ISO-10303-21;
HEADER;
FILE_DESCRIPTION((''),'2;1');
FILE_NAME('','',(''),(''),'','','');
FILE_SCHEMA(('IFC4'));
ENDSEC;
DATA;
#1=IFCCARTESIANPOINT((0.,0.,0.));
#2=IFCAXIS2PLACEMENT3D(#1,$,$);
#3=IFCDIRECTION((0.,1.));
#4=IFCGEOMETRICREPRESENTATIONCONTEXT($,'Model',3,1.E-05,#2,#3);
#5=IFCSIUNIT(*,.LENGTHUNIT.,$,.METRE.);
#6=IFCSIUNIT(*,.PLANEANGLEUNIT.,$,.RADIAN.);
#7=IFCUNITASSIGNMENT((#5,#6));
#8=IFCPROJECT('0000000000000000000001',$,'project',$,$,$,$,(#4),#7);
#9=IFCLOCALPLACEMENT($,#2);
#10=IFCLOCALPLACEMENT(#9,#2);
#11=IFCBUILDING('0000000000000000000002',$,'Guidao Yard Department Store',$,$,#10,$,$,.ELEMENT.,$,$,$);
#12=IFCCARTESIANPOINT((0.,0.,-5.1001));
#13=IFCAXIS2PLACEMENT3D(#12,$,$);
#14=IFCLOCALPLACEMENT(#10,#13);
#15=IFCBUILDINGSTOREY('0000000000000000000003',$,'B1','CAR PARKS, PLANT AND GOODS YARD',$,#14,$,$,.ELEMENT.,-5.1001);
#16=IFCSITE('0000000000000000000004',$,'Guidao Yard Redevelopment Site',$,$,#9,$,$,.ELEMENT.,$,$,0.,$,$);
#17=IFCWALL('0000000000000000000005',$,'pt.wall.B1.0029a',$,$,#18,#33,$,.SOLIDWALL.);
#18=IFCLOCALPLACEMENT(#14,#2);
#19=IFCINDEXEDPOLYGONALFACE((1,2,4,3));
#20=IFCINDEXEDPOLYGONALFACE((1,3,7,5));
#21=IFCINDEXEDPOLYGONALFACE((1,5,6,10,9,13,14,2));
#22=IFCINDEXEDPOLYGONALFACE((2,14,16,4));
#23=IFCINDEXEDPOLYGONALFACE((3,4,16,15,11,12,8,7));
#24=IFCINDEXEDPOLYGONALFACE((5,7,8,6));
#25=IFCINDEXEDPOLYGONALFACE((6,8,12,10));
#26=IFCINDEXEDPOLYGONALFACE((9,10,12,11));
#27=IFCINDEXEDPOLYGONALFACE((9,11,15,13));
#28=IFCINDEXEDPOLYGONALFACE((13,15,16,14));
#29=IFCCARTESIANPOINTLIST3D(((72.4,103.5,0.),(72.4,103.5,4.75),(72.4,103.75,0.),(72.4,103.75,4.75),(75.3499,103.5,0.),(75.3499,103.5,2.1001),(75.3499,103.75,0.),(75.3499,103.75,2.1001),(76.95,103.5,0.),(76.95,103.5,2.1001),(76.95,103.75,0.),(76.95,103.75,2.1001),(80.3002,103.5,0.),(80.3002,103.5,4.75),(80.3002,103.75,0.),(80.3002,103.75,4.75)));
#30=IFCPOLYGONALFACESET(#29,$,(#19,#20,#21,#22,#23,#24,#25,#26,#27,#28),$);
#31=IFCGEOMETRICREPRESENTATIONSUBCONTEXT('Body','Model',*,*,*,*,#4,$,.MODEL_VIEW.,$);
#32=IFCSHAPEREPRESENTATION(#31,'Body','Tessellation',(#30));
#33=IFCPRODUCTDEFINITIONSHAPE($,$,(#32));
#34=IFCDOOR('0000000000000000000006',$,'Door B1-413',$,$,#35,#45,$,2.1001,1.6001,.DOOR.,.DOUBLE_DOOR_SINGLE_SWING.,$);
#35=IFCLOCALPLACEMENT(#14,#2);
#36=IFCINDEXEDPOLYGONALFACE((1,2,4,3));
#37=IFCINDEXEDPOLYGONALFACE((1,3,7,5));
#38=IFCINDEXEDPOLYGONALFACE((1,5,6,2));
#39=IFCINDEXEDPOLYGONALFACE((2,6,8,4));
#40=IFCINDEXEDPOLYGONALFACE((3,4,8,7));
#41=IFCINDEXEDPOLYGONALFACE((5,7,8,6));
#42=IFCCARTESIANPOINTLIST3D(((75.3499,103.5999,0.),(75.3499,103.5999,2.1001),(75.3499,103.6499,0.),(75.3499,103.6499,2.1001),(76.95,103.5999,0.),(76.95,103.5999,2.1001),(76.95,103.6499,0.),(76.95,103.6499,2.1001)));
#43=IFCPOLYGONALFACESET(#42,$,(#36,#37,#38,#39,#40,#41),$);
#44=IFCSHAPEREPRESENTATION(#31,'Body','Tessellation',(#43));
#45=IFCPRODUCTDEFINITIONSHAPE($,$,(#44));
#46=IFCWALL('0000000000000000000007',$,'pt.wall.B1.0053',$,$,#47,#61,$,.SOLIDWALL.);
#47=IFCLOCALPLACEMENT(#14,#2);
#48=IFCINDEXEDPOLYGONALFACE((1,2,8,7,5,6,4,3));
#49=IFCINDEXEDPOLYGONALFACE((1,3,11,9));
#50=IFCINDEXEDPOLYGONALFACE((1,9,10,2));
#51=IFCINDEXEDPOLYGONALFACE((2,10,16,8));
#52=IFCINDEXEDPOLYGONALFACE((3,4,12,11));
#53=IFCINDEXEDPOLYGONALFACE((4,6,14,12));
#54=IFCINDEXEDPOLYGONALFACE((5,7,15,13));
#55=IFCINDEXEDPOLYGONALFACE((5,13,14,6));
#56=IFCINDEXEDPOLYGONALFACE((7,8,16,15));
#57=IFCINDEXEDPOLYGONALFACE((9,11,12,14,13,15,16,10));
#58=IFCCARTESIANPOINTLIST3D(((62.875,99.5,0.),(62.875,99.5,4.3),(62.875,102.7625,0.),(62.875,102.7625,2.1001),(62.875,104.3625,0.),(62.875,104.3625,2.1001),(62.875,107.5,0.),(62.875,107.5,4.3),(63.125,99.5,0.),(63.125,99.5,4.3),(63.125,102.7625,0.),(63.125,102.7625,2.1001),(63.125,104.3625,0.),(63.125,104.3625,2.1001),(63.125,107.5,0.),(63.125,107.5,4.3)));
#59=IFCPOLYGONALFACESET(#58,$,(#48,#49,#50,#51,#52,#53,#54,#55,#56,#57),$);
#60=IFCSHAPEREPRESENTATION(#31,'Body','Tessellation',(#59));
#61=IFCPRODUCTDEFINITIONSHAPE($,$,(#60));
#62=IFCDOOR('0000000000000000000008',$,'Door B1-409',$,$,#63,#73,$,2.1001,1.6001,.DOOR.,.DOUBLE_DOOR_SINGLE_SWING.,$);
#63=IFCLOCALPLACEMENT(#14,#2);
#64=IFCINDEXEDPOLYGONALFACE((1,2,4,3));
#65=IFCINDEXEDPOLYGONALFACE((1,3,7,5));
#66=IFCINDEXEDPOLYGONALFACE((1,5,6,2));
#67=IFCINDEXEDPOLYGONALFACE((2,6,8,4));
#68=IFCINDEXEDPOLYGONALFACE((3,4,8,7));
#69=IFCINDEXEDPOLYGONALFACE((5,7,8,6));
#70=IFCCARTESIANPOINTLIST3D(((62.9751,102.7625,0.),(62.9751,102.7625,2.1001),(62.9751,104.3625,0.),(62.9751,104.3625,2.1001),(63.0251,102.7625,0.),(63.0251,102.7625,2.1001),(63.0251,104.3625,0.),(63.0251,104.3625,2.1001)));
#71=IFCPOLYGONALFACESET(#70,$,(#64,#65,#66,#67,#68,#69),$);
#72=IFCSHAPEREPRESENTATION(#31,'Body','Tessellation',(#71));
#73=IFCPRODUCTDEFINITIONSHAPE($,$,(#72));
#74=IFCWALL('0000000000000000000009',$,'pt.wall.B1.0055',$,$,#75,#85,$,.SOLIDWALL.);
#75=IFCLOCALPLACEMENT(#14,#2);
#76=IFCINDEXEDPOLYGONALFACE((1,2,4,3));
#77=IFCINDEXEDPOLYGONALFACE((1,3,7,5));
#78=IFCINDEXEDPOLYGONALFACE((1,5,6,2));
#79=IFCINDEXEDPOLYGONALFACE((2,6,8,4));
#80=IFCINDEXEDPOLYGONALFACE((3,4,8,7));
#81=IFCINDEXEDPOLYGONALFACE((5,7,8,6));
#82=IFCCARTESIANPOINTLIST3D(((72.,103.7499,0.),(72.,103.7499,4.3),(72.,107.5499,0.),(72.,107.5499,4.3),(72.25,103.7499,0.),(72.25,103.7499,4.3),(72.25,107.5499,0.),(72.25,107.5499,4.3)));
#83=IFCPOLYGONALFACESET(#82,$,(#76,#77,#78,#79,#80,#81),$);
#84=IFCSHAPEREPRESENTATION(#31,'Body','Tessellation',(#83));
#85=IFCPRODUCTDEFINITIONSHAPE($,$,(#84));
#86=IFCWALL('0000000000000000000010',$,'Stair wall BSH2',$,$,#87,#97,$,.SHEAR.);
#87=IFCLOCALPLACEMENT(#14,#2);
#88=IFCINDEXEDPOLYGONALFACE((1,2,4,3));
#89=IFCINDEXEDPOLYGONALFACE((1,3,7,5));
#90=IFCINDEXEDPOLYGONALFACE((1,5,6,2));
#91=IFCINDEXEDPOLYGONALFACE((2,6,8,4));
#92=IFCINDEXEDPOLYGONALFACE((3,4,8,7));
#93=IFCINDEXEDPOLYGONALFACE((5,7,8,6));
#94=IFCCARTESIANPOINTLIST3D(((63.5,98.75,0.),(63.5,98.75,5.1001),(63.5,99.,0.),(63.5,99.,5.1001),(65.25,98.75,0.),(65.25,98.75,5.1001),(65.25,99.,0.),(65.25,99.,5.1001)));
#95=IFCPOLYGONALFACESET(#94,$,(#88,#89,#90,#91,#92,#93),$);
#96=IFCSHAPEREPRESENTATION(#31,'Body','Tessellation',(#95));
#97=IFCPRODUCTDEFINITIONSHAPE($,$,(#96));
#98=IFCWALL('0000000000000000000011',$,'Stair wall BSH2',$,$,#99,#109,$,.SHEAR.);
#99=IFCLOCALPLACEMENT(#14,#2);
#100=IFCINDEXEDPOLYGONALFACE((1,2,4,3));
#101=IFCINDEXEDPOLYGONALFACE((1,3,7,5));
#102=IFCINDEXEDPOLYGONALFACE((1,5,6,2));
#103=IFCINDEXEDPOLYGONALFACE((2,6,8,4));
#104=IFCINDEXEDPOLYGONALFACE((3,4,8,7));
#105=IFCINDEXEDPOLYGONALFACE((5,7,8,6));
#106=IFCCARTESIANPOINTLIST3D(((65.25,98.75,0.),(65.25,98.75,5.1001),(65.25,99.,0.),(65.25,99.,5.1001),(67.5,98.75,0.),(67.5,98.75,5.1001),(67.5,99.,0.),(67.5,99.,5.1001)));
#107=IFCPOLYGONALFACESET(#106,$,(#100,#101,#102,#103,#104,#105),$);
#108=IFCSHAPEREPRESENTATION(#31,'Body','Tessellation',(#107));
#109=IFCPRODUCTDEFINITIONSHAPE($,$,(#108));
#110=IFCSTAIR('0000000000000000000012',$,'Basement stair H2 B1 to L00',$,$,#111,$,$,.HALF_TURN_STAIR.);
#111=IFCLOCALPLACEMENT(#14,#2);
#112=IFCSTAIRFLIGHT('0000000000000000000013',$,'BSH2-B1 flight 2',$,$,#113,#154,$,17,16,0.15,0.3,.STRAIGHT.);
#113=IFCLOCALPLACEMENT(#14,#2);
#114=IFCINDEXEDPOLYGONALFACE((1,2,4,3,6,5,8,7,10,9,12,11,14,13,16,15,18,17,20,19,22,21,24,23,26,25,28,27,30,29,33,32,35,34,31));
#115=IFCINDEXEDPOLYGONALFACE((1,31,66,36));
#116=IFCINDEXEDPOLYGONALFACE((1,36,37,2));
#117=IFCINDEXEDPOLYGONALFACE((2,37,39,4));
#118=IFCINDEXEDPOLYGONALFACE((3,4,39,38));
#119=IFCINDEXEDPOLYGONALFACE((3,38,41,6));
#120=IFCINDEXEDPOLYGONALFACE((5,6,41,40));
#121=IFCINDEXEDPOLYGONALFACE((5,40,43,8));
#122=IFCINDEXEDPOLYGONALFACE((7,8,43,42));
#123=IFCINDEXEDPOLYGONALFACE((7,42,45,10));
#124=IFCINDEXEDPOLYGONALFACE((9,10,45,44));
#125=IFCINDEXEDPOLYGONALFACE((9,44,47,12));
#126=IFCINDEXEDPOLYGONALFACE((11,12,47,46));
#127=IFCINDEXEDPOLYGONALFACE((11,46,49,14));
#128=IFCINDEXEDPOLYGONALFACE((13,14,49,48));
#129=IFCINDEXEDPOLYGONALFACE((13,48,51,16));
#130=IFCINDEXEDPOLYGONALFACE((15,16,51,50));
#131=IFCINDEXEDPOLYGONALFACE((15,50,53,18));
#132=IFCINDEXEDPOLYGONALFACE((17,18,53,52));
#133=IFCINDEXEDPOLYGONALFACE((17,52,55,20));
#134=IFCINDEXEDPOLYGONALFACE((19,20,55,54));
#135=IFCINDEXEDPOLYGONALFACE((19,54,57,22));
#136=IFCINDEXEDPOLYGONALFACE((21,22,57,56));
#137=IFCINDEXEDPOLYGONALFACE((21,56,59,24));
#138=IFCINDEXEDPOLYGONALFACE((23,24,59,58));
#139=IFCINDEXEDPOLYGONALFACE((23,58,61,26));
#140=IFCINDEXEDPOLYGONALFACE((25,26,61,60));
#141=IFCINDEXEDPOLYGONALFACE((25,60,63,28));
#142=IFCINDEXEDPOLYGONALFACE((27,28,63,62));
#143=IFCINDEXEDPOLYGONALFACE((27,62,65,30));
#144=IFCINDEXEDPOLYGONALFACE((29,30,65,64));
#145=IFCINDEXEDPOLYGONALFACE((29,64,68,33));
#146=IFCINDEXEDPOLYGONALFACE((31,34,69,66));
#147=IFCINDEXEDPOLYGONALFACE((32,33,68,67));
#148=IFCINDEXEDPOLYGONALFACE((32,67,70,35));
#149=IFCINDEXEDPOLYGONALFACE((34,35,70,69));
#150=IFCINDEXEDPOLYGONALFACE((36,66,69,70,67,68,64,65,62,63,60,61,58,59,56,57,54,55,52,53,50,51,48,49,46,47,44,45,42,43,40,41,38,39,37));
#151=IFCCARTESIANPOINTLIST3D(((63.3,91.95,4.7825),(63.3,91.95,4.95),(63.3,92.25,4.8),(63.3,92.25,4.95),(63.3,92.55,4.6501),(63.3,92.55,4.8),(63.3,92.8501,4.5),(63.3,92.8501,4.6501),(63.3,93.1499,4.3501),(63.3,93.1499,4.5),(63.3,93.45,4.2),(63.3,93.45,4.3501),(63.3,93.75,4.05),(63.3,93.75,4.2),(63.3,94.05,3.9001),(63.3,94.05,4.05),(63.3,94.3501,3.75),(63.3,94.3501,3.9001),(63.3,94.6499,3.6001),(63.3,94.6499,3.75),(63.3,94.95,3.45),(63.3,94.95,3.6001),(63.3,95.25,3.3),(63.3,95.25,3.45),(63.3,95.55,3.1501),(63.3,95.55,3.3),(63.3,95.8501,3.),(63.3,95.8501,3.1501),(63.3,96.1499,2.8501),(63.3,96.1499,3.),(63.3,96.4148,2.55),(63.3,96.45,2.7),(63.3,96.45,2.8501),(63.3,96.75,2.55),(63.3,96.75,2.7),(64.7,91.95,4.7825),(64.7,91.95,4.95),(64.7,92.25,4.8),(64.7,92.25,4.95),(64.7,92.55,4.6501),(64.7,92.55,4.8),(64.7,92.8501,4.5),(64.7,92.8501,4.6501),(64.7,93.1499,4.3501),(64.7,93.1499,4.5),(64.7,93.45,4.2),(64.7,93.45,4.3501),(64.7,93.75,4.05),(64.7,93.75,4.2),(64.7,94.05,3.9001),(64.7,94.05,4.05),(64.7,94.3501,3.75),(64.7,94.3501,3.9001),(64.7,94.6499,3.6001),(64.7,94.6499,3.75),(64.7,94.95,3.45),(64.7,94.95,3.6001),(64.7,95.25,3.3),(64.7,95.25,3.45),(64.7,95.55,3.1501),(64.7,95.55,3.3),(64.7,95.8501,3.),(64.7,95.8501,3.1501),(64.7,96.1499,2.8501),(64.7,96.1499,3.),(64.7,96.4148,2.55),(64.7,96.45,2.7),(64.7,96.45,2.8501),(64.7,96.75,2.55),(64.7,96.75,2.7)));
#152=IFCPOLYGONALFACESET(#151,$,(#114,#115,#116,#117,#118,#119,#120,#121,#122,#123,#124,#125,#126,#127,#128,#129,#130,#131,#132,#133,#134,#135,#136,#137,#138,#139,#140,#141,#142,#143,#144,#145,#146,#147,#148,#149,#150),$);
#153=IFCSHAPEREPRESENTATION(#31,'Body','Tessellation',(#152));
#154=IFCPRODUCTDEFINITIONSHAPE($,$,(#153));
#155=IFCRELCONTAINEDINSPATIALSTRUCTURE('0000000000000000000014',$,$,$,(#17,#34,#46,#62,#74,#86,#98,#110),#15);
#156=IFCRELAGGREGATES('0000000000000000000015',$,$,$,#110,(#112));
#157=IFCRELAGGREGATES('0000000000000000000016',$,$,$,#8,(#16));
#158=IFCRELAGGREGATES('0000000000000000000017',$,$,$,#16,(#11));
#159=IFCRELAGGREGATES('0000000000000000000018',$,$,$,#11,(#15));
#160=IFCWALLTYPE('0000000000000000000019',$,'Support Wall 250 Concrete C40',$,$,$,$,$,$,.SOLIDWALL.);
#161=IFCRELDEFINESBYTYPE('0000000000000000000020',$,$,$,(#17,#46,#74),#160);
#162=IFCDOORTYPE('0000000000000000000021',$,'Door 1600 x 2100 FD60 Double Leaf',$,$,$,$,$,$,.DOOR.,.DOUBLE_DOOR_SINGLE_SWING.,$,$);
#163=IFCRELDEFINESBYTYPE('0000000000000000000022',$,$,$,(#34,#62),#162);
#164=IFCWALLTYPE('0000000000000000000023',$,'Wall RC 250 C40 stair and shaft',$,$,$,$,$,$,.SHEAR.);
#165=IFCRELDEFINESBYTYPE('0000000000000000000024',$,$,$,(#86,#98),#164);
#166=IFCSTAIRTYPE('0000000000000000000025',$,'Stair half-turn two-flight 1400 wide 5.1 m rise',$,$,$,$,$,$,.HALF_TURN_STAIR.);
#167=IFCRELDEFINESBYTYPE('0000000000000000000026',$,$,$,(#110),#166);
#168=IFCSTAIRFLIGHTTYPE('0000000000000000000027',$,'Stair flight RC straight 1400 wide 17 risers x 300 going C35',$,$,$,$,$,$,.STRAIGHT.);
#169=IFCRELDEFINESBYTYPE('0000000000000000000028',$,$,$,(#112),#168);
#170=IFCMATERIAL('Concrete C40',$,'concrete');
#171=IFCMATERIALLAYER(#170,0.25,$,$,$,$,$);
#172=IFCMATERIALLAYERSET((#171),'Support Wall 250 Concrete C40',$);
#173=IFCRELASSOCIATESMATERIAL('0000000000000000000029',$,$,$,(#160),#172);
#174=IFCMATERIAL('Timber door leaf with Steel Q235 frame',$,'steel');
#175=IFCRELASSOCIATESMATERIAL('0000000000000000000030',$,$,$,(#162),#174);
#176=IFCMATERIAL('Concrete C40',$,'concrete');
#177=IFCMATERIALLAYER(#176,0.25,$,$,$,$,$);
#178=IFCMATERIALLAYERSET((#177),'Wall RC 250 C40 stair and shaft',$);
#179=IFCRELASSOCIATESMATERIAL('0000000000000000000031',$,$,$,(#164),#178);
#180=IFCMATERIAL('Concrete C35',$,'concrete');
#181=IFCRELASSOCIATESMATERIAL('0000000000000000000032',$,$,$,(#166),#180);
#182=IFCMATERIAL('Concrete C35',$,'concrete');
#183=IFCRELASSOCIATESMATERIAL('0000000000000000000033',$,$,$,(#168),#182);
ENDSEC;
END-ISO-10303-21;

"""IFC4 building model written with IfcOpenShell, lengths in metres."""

from ifc_helpers import new_model, si_unit, direction, frame, frame_2d, origin, place, context, subcontext, project, spatial, polyline, rectangle, outline, extrude, material, layer, layer_set, type_object, element, fill, aggregate, save


model = new_model("IFC4")

# Units and contexts
model_context = context("Model", 3, precision=1e-05, world=origin(), true_north=direction((0.0, 1.0)))
body_context = subcontext(model_context, "Body", "Model", "MODEL_VIEW")
ifc_project = project(units=[si_unit("LENGTHUNIT", "METRE"), si_unit("PLANEANGLEUNIT", "RADIAN")], contexts=[model_context])

# Site, building, storey
site_placement = place(None, origin())
site = spatial("IfcSite", under=ifc_project, at=site_placement, Name="Guidao Yard Redevelopment Site", CompositionType="ELEMENT", RefElevation=0.0)
building_placement = place(site_placement, origin())
building = spatial("IfcBuilding", under=site, at=building_placement, Name="Guidao Yard Department Store", CompositionType="ELEMENT")
storey_placement = place(building_placement, frame((0.0, 0.0, -5.1001)))
storey = spatial("IfcBuildingStorey", under=building, at=storey_placement, Name="B1", Description="CAR PARKS, PLANT AND GOODS YARD", CompositionType="ELEMENT", Elevation=-5.1001)

# Shared definitions
ifc_material_1 = material(Name="Concrete C40", Category="concrete")
ifc_layer_1 = layer(ifc_material_1, 0.25)
ifc_layer_set_1 = layer_set([ifc_layer_1], Name="Support Wall 250 Concrete C40")
wall_type_1 = type_object("IfcWallType", Name="Support Wall 250 Concrete C40", PredefinedType="SOLIDWALL", material=ifc_layer_set_1)

# Walls, openings, doors
wall_1_placement = place(storey_placement, frame((72.3999, 103.625, 0.0), z_axis=(0.0, 0.0, 1.0), x_axis=(1.0, 0.0, 0.0)))
wall_1 = element("IfcWall", 1, at=wall_1_placement, inside=storey, type_object=wall_type_1, Name="pt.wall.B1.0029a", PredefinedType="SOLIDWALL", context=body_context, shape_type="SweptSolid", body=[
    extrude(rectangle(XDim=7.9001, YDim=0.25, at=frame_2d((3.9502, 0.0))), origin(), (0.0, 0.0, 1.0), 4.75),
])
opening_1_placement = place(wall_1_placement, frame((2.95, 0.0, 0.0)))
opening_1 = element("IfcOpeningElement", 2, at=opening_1_placement, cuts=wall_1, PredefinedType="OPENING", context=body_context, shape_type="SweptSolid", body=[
    extrude(rectangle(XDim=1.6001, YDim=2.1001, at=frame_2d((0.8, 1.05))), frame((0.0, 0.135, 0.0), z_axis=(0.0, -1.0, 0.0), x_axis=(1.0, 0.0, 0.0)), (0.0, 0.0, 1.0), 0.27),
])
ifc_material_2 = material(Name="Timber door leaf with Steel Q235 frame", Category="steel")
door_type = type_object("IfcDoorType", Name="Door 1600 x 2100 FD60 Double Leaf", OperationType="DOUBLE_DOOR_SINGLE_SWING", PredefinedType="DOOR", material=ifc_material_2)
door_1_placement = place(opening_1_placement, origin())
door_1 = element("IfcDoor", 3, at=door_1_placement, inside=storey, type_object=door_type, Name="Door B1-413", OperationType="DOUBLE_DOOR_SINGLE_SWING", OverallHeight=2.1001, OverallWidth=1.6001, PredefinedType="DOOR", context=body_context, shape_type="SweptSolid", body=[
    extrude(rectangle(XDim=1.6001, YDim=2.1001, at=frame_2d((0.8, 1.05))), frame((0.0, 0.0249, 0.0), z_axis=(0.0, -1.0, 0.0), x_axis=(1.0, 0.0, 0.0)), (0.0, 0.0, 1.0), 0.05),
])
fill(opening_1, door_1)
wall_2_placement = place(storey_placement, frame((63.0, 99.5, 0.0), z_axis=(0.0, 0.0, 1.0), x_axis=(0.0, 1.0, 0.0)))
wall_2 = element("IfcWall", 4, at=wall_2_placement, inside=storey, type_object=wall_type_1, Name="pt.wall.B1.0053", PredefinedType="SOLIDWALL", context=body_context, shape_type="SweptSolid", body=[
    extrude(rectangle(XDim=8.0, YDim=0.25, at=frame_2d((4.0, 0.0))), origin(), (0.0, 0.0, 1.0), 4.3),
])
opening_2_placement = place(wall_2_placement, frame((3.2625, 0.0, 0.0)))
opening_2 = element("IfcOpeningElement", 5, at=opening_2_placement, cuts=wall_2, PredefinedType="OPENING", context=body_context, shape_type="SweptSolid", body=[
    extrude(rectangle(XDim=1.6001, YDim=2.1001, at=frame_2d((0.8, 1.05))), frame((0.0, 0.135, 0.0), z_axis=(0.0, -1.0, 0.0), x_axis=(1.0, 0.0, 0.0)), (0.0, 0.0, 1.0), 0.27),
])
door_2_placement = place(opening_2_placement, origin())
door_2 = element("IfcDoor", 6, at=door_2_placement, inside=storey, type_object=door_type, Name="Door B1-409", OperationType="DOUBLE_DOOR_SINGLE_SWING", OverallHeight=2.1001, OverallWidth=1.6001, PredefinedType="DOOR", context=body_context, shape_type="SweptSolid", body=[
    extrude(rectangle(XDim=1.6001, YDim=2.1001, at=frame_2d((0.8, 1.05))), frame((0.0, 0.0249, 0.0), z_axis=(0.0, -1.0, 0.0), x_axis=(1.0, 0.0, 0.0)), (0.0, 0.0, 1.0), 0.05),
])
fill(opening_2, door_2)

# Walls
wall_3_placement = place(storey_placement, frame((72.125, 103.75, 0.0), z_axis=(0.0, 0.0, 1.0), x_axis=(0.0, 1.0, 0.0)))
element("IfcWall", 7, at=wall_3_placement, inside=storey, type_object=wall_type_1, Name="pt.wall.B1.0055", PredefinedType="SOLIDWALL", context=body_context, shape_type="SweptSolid", body=[
    extrude(rectangle(XDim=3.8, YDim=0.25, at=frame_2d((1.8999, 0.0))), origin(), (0.0, 0.0, 1.0), 4.3),
])
ifc_material_3 = material(Name="Concrete C40", Category="concrete")
ifc_layer_2 = layer(ifc_material_3, 0.25)
ifc_layer_set_2 = layer_set([ifc_layer_2], Name="Wall RC 250 C40 stair and shaft")
wall_type_2 = type_object("IfcWallType", Name="Wall RC 250 C40 stair and shaft", PredefinedType="SHEAR", material=ifc_layer_set_2)
wall_4_placement = place(storey_placement, frame((63.5, 98.875, 0.0), z_axis=(0.0, 0.0, 1.0), x_axis=(1.0, 0.0, 0.0)))
element("IfcWall", 8, at=wall_4_placement, inside=storey, type_object=wall_type_2, Name="Stair wall BSH2", PredefinedType="SHEAR", context=body_context, shape_type="SweptSolid", body=[
    extrude(rectangle(XDim=1.75, YDim=0.25, at=frame_2d((0.875, 0.0))), origin(), (0.0, 0.0, 1.0), 5.1001),
])
wall_5_placement = place(storey_placement, frame((65.25, 98.875, 0.0), z_axis=(0.0, 0.0, 1.0), x_axis=(1.0, 0.0, 0.0)))
element("IfcWall", 9, at=wall_5_placement, inside=storey, type_object=wall_type_2, Name="Stair wall BSH2", PredefinedType="SHEAR", context=body_context, shape_type="SweptSolid", body=[
    extrude(rectangle(XDim=2.25, YDim=0.25, at=frame_2d((1.125, 0.0))), origin(), (0.0, 0.0, 1.0), 5.1001),
])

# Stair, stair flight
ifc_material_4 = material(Name="Concrete C35", Category="concrete")
stair_type = type_object("IfcStairType", Name="Stair half-turn two-flight 1400 wide 5.1 m rise", PredefinedType="HALF_TURN_STAIR", material=ifc_material_4)
stair_placement = place(storey_placement, origin())
stair = element("IfcStair", 10, at=stair_placement, inside=storey, type_object=stair_type, Name="Basement stair H2 B1 to L00", PredefinedType="HALF_TURN_STAIR")
ifc_material_5 = material(Name="Concrete C35", Category="concrete")
stair_flight_type = type_object("IfcStairFlightType", Name="Stair flight RC straight 1400 wide 17 risers x 300 going C35", PredefinedType="STRAIGHT", material=ifc_material_5)
stair_flight_placement = place(storey_placement, frame((64.0, 96.75, 2.55), z_axis=(0.0, 0.0, 1.0), x_axis=(0.0, -1.0, 0.0)))
stair_flight = element("IfcStairFlight", 11, at=stair_flight_placement, type_object=stair_flight_type, Name="BSH2-B1 flight 2", NumberOfRisers=17, NumberOfTreads=16, PredefinedType="STRAIGHT", RiserHeight=0.15, TreadLength=0.3, context=body_context, shape_type="SweptSolid", body=[
    extrude(outline(polyline([(0.0, 0.0), (0.0, 0.1499), (0.3, 0.1499), (0.3, 0.3), (0.6001, 0.3), (0.6001, 0.45), (0.8999, 0.45), (0.8999, 0.6001), (1.2, 0.6001), (1.2, 0.75), (1.5, 0.75), (1.5, 0.8999), (1.8, 0.8999), (1.8, 1.05), (2.1001, 1.05), (2.1001, 1.2), (2.3999, 1.2), (2.3999, 1.3501), (2.7, 1.3501), (2.7, 1.5), (3.0, 1.5), (3.0, 1.6499), (3.3, 1.6499), (3.3, 1.8), (3.6001, 1.8), (3.6001, 1.95), (3.8999, 1.95), (3.8999, 2.1001), (4.2, 2.1001), (4.2, 2.25), (4.5, 2.25), (4.5, 2.3999), (4.8, 2.3999), (4.8, 2.55), (4.8, 2.2324), (0.3352, 0.0), (0.0, 0.0)])), frame((0.0, 0.7, 0.0), z_axis=(0.0, -1.0, 0.0), x_axis=(1.0, 0.0, 0.0)), (0.0, 0.0, 1.0), 1.3999),
])
aggregate(stair, [stair_flight])

save(model, "model.ifc")
